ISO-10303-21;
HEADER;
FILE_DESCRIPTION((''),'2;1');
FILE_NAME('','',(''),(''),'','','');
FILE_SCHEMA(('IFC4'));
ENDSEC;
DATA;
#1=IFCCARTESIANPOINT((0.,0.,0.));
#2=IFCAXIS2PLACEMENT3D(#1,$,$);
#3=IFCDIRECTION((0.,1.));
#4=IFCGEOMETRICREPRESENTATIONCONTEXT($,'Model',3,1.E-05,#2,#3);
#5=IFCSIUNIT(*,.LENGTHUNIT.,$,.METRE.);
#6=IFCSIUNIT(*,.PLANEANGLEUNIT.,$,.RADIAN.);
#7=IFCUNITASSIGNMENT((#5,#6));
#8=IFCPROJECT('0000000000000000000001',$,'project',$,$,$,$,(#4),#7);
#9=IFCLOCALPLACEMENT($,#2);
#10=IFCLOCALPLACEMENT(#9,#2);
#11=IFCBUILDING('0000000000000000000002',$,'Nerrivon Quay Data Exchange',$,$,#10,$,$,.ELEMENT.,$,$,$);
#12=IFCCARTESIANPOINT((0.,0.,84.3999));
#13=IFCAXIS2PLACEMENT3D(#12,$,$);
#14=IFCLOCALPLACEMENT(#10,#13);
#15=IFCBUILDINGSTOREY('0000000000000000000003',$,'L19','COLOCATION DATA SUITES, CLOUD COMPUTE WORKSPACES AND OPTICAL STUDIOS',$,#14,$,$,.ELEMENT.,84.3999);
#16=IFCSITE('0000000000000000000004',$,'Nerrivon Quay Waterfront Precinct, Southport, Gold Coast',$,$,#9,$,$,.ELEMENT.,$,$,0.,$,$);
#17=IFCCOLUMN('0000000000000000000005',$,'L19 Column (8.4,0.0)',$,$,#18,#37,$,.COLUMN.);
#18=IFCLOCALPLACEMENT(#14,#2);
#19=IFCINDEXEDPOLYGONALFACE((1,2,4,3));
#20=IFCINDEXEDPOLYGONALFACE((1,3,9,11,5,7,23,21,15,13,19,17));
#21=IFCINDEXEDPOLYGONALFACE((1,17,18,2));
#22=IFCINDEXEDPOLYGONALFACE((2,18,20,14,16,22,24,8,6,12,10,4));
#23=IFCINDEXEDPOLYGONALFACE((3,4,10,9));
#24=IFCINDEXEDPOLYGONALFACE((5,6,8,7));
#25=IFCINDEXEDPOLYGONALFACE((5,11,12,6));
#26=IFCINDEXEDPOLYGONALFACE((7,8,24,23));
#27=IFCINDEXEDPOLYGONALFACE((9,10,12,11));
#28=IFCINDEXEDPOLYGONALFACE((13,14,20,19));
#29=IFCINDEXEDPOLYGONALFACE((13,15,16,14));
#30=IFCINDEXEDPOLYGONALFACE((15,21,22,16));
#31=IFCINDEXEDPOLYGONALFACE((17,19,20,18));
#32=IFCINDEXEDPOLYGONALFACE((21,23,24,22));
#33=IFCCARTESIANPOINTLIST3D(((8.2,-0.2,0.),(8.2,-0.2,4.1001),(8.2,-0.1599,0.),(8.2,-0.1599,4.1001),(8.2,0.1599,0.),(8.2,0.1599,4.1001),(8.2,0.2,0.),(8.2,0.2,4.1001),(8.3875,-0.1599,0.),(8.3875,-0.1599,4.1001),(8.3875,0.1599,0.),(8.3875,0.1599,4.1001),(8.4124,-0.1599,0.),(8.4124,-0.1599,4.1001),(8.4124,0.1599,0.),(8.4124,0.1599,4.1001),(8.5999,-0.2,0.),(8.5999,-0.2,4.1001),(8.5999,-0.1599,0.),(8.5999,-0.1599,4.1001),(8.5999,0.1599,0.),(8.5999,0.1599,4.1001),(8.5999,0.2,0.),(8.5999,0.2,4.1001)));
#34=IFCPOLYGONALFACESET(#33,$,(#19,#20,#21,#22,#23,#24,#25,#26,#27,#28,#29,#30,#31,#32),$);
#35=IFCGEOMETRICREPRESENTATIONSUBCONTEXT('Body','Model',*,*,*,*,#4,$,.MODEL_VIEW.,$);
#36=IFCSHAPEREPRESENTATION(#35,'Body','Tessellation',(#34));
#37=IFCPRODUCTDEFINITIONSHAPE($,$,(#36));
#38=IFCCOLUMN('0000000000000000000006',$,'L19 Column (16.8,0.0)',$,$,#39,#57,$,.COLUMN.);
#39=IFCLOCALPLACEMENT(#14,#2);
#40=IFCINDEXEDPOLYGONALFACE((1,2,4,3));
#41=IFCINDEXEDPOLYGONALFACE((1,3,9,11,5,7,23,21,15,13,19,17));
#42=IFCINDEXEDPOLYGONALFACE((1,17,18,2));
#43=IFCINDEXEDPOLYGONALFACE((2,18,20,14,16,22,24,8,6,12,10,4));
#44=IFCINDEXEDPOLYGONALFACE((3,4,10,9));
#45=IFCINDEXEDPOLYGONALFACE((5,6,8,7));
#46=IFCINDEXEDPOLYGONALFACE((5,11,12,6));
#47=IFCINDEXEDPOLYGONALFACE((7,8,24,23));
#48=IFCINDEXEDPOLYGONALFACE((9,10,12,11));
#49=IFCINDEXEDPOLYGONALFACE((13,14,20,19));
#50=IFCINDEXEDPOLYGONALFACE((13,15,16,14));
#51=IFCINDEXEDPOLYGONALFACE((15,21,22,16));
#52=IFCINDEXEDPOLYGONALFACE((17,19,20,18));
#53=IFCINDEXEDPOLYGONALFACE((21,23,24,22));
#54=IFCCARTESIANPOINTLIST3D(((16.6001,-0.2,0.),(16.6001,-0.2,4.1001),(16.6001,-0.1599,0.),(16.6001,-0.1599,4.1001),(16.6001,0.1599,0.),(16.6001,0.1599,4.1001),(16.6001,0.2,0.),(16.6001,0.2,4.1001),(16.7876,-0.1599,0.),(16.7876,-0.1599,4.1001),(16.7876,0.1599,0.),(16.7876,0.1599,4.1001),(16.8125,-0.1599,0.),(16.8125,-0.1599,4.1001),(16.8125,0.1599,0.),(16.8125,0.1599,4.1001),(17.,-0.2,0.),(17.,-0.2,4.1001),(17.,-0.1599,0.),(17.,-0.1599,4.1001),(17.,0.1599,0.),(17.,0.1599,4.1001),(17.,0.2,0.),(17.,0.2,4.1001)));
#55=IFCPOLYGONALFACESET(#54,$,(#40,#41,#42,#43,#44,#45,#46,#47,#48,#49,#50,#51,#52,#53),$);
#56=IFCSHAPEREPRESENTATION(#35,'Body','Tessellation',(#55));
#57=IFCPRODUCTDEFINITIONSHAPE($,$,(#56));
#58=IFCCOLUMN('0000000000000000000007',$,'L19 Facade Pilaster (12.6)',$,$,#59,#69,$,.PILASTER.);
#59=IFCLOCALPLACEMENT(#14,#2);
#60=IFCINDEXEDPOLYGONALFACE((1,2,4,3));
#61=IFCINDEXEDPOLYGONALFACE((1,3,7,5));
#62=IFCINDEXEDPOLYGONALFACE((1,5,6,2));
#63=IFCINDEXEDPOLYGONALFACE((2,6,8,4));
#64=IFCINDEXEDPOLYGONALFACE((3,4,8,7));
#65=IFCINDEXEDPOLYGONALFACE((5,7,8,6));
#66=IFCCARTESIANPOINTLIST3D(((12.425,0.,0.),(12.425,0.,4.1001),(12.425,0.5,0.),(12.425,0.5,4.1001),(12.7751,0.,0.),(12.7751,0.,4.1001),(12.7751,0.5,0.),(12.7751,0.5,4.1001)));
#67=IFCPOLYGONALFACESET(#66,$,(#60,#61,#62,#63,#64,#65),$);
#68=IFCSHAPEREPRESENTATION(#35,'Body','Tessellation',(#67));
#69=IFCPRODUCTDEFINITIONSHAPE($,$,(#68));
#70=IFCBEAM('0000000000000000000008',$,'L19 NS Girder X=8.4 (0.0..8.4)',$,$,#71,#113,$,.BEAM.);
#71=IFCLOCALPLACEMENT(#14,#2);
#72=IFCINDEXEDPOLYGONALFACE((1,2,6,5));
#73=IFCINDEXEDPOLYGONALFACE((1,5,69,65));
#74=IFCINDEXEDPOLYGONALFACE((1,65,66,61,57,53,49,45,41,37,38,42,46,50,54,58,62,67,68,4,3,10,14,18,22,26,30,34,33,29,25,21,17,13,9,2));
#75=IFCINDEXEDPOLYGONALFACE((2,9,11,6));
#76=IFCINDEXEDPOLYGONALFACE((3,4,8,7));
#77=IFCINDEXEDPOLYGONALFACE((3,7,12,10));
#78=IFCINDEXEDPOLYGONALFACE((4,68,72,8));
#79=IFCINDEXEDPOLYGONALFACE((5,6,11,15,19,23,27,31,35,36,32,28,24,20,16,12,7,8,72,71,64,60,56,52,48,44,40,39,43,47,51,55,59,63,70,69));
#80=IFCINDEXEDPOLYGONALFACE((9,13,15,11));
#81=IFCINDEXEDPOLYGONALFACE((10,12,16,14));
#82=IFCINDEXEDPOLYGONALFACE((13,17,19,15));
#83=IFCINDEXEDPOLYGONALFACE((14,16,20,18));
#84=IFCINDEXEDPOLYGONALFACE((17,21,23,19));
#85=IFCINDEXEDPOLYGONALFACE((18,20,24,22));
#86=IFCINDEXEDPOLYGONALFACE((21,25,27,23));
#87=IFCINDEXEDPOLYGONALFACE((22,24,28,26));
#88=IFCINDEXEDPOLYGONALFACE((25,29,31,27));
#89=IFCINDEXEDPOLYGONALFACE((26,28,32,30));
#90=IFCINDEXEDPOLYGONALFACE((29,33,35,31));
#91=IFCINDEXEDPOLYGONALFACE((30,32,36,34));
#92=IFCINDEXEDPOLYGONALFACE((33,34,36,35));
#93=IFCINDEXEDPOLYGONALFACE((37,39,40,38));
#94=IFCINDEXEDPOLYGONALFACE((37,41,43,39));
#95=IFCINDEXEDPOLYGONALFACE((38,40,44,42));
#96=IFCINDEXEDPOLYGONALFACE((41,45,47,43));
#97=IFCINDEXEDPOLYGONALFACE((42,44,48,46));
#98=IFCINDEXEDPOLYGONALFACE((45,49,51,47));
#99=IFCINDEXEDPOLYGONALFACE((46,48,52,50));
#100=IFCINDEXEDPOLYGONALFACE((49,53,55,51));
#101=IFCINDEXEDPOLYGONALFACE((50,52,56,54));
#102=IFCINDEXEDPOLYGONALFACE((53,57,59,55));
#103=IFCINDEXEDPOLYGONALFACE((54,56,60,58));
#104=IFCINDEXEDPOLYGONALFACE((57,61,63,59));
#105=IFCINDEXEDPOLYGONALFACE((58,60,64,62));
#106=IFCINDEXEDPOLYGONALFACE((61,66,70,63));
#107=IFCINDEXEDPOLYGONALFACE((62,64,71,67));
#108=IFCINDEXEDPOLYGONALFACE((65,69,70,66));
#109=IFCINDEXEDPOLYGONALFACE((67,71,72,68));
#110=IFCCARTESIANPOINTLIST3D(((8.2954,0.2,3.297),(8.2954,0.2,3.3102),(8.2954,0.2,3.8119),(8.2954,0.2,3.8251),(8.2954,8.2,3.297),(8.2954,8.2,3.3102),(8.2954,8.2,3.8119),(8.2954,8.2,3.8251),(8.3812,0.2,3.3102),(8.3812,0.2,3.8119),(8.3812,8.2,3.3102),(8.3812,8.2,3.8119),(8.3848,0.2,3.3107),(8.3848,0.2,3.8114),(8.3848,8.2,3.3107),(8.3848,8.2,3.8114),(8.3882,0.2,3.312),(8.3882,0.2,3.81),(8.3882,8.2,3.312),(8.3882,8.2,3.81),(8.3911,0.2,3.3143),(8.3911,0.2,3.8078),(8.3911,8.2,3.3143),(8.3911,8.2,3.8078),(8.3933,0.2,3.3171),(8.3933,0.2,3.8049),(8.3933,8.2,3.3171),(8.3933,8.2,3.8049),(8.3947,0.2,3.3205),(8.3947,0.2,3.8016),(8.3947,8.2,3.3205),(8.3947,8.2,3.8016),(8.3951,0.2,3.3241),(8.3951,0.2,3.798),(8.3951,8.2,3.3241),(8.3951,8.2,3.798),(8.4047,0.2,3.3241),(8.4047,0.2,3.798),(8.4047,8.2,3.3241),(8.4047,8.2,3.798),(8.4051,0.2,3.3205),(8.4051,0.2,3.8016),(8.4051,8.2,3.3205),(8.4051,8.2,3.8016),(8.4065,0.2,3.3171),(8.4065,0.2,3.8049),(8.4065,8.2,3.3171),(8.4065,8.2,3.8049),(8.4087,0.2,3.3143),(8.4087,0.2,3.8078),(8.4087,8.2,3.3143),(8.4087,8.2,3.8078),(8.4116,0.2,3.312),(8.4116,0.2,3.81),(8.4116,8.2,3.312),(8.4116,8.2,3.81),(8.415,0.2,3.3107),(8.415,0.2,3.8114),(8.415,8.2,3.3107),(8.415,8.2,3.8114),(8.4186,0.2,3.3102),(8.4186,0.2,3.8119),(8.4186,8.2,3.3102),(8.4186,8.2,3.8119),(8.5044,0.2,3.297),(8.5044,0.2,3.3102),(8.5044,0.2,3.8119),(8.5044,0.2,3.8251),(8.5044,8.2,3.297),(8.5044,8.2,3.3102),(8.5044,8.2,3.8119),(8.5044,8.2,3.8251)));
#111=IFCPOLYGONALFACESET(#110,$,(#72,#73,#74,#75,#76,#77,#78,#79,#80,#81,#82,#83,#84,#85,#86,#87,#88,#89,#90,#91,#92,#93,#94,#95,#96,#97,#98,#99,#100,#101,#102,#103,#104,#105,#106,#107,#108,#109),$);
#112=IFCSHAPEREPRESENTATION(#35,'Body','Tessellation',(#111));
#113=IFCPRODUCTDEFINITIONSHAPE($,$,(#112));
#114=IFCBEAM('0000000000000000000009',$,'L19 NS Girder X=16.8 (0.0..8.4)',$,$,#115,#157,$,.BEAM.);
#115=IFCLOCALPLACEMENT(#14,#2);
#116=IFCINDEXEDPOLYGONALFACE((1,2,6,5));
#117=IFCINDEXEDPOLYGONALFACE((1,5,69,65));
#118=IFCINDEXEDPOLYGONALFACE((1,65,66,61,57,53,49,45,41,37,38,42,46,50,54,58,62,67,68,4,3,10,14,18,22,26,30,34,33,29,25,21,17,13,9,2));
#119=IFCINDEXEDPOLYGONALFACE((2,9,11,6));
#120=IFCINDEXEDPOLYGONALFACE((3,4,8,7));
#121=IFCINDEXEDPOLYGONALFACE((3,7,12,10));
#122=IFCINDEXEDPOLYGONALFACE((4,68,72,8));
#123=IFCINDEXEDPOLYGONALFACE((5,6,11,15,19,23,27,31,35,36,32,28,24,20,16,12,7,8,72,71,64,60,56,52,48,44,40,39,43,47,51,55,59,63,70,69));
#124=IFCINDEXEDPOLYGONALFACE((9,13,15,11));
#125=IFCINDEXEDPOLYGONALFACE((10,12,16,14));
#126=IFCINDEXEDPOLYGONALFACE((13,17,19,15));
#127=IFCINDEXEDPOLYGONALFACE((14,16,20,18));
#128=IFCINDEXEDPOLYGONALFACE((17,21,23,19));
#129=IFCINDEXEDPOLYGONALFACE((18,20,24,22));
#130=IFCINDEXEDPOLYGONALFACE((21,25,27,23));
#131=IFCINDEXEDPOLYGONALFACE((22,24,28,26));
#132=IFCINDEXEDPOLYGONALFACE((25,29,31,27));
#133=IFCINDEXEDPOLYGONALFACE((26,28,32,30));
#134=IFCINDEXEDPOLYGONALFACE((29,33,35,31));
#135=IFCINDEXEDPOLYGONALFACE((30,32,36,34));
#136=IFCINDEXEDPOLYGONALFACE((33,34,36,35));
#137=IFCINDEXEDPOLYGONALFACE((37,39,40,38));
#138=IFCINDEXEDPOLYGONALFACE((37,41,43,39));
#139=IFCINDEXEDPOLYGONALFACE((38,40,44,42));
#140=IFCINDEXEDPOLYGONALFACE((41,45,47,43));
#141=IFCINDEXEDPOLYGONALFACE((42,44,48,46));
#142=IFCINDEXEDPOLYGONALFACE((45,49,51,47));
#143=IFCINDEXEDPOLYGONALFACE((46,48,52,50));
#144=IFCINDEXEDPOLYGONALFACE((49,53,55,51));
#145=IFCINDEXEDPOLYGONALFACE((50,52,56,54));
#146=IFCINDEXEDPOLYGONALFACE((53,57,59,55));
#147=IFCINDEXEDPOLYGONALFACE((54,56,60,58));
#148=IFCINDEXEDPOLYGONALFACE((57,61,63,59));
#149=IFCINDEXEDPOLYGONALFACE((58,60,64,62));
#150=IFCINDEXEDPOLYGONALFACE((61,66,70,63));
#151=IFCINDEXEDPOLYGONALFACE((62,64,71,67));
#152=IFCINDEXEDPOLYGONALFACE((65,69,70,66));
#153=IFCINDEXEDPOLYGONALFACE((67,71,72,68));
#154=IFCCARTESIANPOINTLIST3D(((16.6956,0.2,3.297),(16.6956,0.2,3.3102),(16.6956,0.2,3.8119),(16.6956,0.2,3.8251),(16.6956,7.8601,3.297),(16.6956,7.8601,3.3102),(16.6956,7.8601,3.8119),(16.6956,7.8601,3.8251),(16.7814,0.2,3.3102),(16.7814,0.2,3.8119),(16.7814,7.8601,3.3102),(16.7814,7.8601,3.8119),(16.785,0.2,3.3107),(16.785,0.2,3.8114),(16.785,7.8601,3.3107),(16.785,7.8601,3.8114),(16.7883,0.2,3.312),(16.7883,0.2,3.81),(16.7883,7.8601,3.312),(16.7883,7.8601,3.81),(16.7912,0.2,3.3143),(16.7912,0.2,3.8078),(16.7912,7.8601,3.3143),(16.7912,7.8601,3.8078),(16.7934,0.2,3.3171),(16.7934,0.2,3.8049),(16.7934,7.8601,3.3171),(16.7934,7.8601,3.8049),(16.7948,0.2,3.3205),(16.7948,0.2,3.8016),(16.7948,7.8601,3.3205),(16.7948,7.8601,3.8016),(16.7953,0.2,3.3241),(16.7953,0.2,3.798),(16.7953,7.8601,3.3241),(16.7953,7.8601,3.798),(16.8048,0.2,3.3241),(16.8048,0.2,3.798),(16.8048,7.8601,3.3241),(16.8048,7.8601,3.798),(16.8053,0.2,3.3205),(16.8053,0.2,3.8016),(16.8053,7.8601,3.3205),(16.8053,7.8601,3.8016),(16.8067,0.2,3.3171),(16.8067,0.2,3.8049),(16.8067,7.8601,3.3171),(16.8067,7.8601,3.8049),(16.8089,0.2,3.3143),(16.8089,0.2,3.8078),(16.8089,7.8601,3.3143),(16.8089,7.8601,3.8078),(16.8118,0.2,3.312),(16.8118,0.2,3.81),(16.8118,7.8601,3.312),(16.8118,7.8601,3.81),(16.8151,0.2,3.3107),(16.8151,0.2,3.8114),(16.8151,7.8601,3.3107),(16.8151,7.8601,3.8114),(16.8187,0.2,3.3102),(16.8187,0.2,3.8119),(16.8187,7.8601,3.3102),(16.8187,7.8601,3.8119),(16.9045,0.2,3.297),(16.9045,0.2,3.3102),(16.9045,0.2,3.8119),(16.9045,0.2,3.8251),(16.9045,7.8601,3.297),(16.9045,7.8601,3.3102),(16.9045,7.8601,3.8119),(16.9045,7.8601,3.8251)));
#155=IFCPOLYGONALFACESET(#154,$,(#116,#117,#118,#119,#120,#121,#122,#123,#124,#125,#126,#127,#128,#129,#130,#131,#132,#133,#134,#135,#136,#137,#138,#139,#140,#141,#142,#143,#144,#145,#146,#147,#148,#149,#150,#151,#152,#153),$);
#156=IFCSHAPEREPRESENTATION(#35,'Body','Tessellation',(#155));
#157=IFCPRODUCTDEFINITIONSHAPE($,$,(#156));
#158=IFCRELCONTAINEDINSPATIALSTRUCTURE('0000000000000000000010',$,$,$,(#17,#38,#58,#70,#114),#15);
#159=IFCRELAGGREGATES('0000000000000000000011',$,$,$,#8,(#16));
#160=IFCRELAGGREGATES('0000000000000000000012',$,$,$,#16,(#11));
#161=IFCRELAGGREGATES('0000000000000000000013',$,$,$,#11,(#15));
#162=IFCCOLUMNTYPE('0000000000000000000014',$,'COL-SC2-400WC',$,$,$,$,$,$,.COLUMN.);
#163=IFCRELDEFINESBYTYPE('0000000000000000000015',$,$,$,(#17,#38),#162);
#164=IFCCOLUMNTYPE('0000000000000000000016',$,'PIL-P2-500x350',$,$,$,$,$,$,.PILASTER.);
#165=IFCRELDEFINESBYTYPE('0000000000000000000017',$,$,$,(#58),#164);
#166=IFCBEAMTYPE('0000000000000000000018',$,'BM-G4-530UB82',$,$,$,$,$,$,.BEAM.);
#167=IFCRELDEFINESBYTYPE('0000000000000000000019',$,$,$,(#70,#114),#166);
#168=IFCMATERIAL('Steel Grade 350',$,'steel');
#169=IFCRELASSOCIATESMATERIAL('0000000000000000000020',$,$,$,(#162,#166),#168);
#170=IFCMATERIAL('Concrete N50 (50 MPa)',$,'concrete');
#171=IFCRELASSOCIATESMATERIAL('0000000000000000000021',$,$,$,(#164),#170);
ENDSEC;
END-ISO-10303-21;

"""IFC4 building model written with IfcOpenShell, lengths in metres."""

from ifc_helpers import new_model, si_unit, direction, frame, origin, origin_2d, place, context, subcontext, project, spatial, rectangle, i_section, extrude, material, material_profile, profile_set, type_object, element, save


model = new_model("IFC4")

# Units and contexts
model_context = context("Model", 3, precision=1e-05, world=origin(), true_north=direction((0.0, 1.0)))
body_context = subcontext(model_context, "Body", "Model", "MODEL_VIEW")
ifc_project = project(units=[si_unit("LENGTHUNIT", "METRE"), si_unit("PLANEANGLEUNIT", "RADIAN")], contexts=[model_context])

# Site, building, storey
site_placement = place(None, origin())
site = spatial("IfcSite", under=ifc_project, at=site_placement, Name="Nerrivon Quay Waterfront Precinct, Southport, Gold Coast", CompositionType="ELEMENT", RefElevation=0.0)
building_placement = place(site_placement, origin())
building = spatial("IfcBuilding", under=site, at=building_placement, Name="Nerrivon Quay Data Exchange", CompositionType="ELEMENT")
storey_placement = place(building_placement, frame((0.0, 0.0, 84.3999)))
storey = spatial("IfcBuildingStorey", under=building, at=storey_placement, Name="L19", Description="COLOCATION DATA SUITES, CLOUD COMPUTE WORKSPACES AND OPTICAL STUDIOS", CompositionType="ELEMENT", Elevation=84.3999)

# Columns
ifc_material_1 = material(Name="Steel Grade 350", Category="steel")
ifc_material_profile_1 = material_profile(ifc_material_1, i_section(OverallWidth=0.3999, OverallDepth=0.3999, WebThickness=0.0249, FlangeThickness=0.04, at=origin_2d()), Name="400WC328")
ifc_profile_set_1 = profile_set([ifc_material_profile_1], Name="Steel Grade 350")
column_type_1 = type_object("IfcColumnType", Name="COL-SC2-400WC", PredefinedType="COLUMN", material=ifc_profile_set_1)
for number, where, z_axis, x_axis, name in (
    (1, (8.3999, 0.0, 0.0), (0.0, 0.0, 1.0), (1.0, 0.0, 0.0), "L19 Column (8.4,0.0)"),
    (2, (16.8, 0.0, 0.0), (0.0, 0.0, 1.0), (1.0, 0.0, 0.0), "L19 Column (16.8,0.0)"),
):
    element("IfcColumn", number, at=place(storey_placement, frame(where, z_axis=z_axis, x_axis=x_axis)), inside=storey, type_object=column_type_1, Name=name, PredefinedType="COLUMN", context=body_context, shape_type="SweptSolid", body=[
        extrude(i_section(OverallWidth=0.3999, OverallDepth=0.3999, WebThickness=0.0249, FlangeThickness=0.04, at=origin_2d()), origin(), (0.0, 0.0, 1.0), 4.1001),
    ])
ifc_material_2 = material(Name="Concrete N50 (50 MPa)", Category="concrete")
ifc_material_profile_2 = material_profile(ifc_material_2, rectangle(XDim=0.3501, YDim=0.5, at=origin_2d()), Name="RC-PIL-500x350")
ifc_profile_set_2 = profile_set([ifc_material_profile_2], Name="Concrete N50 (50 MPa)")
column_type_2 = type_object("IfcColumnType", Name="PIL-P2-500x350", PredefinedType="PILASTER", material=ifc_profile_set_2)
column_placement = place(storey_placement, frame((12.6001, 0.25, 0.0), z_axis=(0.0, 0.0, 1.0), x_axis=(1.0, 0.0, 0.0)))
element("IfcColumn", 3, at=column_placement, inside=storey, type_object=column_type_2, Name="L19 Facade Pilaster (12.6)", PredefinedType="PILASTER", context=body_context, shape_type="SweptSolid", body=[
    extrude(rectangle(XDim=0.3501, YDim=0.5, at=origin_2d()), origin(), (0.0, 0.0, 1.0), 4.1001),
])

# Beams
ifc_material_profile_3 = material_profile(ifc_material_1, i_section(OverallWidth=0.209, OverallDepth=0.5281, WebThickness=0.0095, FlangeThickness=0.0132, FilletRadius=0.0139, at=origin_2d()), Name="530UB82.0")
ifc_profile_set_3 = profile_set([ifc_material_profile_3], Name="Steel Grade 350")
beam_type_1 = type_object("IfcBeamType", Name="BM-G4-530UB82", PredefinedType="BEAM", material=ifc_profile_set_3)
beam_1_placement = place(storey_placement, frame((8.3999, 0.2, 3.561), z_axis=(0.0, 1.0, 0.0), x_axis=(-1.0, 0.0, 0.0)))
element("IfcBeam", 4, at=beam_1_placement, inside=storey, type_object=beam_type_1, Name="L19 NS Girder X=8.4 (0.0..8.4)", PredefinedType="BEAM", context=body_context, shape_type="SweptSolid", body=[
    extrude(i_section(OverallWidth=0.209, OverallDepth=0.5281, WebThickness=0.0095, FlangeThickness=0.0132, FilletRadius=0.0139, at=origin_2d()), origin(), (0.0, 0.0, 1.0), 8.0),
])
beam_2_placement = place(storey_placement, frame((16.8, 0.2, 3.561), z_axis=(0.0, 1.0, 0.0), x_axis=(-1.0, 0.0, 0.0)))
element("IfcBeam", 5, at=beam_2_placement, inside=storey, type_object=beam_type_1, Name="L19 NS Girder X=16.8 (0.0..8.4)", PredefinedType="BEAM", context=body_context, shape_type="SweptSolid", body=[
    extrude(i_section(OverallWidth=0.209, OverallDepth=0.5281, WebThickness=0.0095, FlangeThickness=0.0132, FilletRadius=0.0139, at=origin_2d()), origin(), (0.0, 0.0, 1.0), 7.6602),
])

save(model, "model.ifc")
